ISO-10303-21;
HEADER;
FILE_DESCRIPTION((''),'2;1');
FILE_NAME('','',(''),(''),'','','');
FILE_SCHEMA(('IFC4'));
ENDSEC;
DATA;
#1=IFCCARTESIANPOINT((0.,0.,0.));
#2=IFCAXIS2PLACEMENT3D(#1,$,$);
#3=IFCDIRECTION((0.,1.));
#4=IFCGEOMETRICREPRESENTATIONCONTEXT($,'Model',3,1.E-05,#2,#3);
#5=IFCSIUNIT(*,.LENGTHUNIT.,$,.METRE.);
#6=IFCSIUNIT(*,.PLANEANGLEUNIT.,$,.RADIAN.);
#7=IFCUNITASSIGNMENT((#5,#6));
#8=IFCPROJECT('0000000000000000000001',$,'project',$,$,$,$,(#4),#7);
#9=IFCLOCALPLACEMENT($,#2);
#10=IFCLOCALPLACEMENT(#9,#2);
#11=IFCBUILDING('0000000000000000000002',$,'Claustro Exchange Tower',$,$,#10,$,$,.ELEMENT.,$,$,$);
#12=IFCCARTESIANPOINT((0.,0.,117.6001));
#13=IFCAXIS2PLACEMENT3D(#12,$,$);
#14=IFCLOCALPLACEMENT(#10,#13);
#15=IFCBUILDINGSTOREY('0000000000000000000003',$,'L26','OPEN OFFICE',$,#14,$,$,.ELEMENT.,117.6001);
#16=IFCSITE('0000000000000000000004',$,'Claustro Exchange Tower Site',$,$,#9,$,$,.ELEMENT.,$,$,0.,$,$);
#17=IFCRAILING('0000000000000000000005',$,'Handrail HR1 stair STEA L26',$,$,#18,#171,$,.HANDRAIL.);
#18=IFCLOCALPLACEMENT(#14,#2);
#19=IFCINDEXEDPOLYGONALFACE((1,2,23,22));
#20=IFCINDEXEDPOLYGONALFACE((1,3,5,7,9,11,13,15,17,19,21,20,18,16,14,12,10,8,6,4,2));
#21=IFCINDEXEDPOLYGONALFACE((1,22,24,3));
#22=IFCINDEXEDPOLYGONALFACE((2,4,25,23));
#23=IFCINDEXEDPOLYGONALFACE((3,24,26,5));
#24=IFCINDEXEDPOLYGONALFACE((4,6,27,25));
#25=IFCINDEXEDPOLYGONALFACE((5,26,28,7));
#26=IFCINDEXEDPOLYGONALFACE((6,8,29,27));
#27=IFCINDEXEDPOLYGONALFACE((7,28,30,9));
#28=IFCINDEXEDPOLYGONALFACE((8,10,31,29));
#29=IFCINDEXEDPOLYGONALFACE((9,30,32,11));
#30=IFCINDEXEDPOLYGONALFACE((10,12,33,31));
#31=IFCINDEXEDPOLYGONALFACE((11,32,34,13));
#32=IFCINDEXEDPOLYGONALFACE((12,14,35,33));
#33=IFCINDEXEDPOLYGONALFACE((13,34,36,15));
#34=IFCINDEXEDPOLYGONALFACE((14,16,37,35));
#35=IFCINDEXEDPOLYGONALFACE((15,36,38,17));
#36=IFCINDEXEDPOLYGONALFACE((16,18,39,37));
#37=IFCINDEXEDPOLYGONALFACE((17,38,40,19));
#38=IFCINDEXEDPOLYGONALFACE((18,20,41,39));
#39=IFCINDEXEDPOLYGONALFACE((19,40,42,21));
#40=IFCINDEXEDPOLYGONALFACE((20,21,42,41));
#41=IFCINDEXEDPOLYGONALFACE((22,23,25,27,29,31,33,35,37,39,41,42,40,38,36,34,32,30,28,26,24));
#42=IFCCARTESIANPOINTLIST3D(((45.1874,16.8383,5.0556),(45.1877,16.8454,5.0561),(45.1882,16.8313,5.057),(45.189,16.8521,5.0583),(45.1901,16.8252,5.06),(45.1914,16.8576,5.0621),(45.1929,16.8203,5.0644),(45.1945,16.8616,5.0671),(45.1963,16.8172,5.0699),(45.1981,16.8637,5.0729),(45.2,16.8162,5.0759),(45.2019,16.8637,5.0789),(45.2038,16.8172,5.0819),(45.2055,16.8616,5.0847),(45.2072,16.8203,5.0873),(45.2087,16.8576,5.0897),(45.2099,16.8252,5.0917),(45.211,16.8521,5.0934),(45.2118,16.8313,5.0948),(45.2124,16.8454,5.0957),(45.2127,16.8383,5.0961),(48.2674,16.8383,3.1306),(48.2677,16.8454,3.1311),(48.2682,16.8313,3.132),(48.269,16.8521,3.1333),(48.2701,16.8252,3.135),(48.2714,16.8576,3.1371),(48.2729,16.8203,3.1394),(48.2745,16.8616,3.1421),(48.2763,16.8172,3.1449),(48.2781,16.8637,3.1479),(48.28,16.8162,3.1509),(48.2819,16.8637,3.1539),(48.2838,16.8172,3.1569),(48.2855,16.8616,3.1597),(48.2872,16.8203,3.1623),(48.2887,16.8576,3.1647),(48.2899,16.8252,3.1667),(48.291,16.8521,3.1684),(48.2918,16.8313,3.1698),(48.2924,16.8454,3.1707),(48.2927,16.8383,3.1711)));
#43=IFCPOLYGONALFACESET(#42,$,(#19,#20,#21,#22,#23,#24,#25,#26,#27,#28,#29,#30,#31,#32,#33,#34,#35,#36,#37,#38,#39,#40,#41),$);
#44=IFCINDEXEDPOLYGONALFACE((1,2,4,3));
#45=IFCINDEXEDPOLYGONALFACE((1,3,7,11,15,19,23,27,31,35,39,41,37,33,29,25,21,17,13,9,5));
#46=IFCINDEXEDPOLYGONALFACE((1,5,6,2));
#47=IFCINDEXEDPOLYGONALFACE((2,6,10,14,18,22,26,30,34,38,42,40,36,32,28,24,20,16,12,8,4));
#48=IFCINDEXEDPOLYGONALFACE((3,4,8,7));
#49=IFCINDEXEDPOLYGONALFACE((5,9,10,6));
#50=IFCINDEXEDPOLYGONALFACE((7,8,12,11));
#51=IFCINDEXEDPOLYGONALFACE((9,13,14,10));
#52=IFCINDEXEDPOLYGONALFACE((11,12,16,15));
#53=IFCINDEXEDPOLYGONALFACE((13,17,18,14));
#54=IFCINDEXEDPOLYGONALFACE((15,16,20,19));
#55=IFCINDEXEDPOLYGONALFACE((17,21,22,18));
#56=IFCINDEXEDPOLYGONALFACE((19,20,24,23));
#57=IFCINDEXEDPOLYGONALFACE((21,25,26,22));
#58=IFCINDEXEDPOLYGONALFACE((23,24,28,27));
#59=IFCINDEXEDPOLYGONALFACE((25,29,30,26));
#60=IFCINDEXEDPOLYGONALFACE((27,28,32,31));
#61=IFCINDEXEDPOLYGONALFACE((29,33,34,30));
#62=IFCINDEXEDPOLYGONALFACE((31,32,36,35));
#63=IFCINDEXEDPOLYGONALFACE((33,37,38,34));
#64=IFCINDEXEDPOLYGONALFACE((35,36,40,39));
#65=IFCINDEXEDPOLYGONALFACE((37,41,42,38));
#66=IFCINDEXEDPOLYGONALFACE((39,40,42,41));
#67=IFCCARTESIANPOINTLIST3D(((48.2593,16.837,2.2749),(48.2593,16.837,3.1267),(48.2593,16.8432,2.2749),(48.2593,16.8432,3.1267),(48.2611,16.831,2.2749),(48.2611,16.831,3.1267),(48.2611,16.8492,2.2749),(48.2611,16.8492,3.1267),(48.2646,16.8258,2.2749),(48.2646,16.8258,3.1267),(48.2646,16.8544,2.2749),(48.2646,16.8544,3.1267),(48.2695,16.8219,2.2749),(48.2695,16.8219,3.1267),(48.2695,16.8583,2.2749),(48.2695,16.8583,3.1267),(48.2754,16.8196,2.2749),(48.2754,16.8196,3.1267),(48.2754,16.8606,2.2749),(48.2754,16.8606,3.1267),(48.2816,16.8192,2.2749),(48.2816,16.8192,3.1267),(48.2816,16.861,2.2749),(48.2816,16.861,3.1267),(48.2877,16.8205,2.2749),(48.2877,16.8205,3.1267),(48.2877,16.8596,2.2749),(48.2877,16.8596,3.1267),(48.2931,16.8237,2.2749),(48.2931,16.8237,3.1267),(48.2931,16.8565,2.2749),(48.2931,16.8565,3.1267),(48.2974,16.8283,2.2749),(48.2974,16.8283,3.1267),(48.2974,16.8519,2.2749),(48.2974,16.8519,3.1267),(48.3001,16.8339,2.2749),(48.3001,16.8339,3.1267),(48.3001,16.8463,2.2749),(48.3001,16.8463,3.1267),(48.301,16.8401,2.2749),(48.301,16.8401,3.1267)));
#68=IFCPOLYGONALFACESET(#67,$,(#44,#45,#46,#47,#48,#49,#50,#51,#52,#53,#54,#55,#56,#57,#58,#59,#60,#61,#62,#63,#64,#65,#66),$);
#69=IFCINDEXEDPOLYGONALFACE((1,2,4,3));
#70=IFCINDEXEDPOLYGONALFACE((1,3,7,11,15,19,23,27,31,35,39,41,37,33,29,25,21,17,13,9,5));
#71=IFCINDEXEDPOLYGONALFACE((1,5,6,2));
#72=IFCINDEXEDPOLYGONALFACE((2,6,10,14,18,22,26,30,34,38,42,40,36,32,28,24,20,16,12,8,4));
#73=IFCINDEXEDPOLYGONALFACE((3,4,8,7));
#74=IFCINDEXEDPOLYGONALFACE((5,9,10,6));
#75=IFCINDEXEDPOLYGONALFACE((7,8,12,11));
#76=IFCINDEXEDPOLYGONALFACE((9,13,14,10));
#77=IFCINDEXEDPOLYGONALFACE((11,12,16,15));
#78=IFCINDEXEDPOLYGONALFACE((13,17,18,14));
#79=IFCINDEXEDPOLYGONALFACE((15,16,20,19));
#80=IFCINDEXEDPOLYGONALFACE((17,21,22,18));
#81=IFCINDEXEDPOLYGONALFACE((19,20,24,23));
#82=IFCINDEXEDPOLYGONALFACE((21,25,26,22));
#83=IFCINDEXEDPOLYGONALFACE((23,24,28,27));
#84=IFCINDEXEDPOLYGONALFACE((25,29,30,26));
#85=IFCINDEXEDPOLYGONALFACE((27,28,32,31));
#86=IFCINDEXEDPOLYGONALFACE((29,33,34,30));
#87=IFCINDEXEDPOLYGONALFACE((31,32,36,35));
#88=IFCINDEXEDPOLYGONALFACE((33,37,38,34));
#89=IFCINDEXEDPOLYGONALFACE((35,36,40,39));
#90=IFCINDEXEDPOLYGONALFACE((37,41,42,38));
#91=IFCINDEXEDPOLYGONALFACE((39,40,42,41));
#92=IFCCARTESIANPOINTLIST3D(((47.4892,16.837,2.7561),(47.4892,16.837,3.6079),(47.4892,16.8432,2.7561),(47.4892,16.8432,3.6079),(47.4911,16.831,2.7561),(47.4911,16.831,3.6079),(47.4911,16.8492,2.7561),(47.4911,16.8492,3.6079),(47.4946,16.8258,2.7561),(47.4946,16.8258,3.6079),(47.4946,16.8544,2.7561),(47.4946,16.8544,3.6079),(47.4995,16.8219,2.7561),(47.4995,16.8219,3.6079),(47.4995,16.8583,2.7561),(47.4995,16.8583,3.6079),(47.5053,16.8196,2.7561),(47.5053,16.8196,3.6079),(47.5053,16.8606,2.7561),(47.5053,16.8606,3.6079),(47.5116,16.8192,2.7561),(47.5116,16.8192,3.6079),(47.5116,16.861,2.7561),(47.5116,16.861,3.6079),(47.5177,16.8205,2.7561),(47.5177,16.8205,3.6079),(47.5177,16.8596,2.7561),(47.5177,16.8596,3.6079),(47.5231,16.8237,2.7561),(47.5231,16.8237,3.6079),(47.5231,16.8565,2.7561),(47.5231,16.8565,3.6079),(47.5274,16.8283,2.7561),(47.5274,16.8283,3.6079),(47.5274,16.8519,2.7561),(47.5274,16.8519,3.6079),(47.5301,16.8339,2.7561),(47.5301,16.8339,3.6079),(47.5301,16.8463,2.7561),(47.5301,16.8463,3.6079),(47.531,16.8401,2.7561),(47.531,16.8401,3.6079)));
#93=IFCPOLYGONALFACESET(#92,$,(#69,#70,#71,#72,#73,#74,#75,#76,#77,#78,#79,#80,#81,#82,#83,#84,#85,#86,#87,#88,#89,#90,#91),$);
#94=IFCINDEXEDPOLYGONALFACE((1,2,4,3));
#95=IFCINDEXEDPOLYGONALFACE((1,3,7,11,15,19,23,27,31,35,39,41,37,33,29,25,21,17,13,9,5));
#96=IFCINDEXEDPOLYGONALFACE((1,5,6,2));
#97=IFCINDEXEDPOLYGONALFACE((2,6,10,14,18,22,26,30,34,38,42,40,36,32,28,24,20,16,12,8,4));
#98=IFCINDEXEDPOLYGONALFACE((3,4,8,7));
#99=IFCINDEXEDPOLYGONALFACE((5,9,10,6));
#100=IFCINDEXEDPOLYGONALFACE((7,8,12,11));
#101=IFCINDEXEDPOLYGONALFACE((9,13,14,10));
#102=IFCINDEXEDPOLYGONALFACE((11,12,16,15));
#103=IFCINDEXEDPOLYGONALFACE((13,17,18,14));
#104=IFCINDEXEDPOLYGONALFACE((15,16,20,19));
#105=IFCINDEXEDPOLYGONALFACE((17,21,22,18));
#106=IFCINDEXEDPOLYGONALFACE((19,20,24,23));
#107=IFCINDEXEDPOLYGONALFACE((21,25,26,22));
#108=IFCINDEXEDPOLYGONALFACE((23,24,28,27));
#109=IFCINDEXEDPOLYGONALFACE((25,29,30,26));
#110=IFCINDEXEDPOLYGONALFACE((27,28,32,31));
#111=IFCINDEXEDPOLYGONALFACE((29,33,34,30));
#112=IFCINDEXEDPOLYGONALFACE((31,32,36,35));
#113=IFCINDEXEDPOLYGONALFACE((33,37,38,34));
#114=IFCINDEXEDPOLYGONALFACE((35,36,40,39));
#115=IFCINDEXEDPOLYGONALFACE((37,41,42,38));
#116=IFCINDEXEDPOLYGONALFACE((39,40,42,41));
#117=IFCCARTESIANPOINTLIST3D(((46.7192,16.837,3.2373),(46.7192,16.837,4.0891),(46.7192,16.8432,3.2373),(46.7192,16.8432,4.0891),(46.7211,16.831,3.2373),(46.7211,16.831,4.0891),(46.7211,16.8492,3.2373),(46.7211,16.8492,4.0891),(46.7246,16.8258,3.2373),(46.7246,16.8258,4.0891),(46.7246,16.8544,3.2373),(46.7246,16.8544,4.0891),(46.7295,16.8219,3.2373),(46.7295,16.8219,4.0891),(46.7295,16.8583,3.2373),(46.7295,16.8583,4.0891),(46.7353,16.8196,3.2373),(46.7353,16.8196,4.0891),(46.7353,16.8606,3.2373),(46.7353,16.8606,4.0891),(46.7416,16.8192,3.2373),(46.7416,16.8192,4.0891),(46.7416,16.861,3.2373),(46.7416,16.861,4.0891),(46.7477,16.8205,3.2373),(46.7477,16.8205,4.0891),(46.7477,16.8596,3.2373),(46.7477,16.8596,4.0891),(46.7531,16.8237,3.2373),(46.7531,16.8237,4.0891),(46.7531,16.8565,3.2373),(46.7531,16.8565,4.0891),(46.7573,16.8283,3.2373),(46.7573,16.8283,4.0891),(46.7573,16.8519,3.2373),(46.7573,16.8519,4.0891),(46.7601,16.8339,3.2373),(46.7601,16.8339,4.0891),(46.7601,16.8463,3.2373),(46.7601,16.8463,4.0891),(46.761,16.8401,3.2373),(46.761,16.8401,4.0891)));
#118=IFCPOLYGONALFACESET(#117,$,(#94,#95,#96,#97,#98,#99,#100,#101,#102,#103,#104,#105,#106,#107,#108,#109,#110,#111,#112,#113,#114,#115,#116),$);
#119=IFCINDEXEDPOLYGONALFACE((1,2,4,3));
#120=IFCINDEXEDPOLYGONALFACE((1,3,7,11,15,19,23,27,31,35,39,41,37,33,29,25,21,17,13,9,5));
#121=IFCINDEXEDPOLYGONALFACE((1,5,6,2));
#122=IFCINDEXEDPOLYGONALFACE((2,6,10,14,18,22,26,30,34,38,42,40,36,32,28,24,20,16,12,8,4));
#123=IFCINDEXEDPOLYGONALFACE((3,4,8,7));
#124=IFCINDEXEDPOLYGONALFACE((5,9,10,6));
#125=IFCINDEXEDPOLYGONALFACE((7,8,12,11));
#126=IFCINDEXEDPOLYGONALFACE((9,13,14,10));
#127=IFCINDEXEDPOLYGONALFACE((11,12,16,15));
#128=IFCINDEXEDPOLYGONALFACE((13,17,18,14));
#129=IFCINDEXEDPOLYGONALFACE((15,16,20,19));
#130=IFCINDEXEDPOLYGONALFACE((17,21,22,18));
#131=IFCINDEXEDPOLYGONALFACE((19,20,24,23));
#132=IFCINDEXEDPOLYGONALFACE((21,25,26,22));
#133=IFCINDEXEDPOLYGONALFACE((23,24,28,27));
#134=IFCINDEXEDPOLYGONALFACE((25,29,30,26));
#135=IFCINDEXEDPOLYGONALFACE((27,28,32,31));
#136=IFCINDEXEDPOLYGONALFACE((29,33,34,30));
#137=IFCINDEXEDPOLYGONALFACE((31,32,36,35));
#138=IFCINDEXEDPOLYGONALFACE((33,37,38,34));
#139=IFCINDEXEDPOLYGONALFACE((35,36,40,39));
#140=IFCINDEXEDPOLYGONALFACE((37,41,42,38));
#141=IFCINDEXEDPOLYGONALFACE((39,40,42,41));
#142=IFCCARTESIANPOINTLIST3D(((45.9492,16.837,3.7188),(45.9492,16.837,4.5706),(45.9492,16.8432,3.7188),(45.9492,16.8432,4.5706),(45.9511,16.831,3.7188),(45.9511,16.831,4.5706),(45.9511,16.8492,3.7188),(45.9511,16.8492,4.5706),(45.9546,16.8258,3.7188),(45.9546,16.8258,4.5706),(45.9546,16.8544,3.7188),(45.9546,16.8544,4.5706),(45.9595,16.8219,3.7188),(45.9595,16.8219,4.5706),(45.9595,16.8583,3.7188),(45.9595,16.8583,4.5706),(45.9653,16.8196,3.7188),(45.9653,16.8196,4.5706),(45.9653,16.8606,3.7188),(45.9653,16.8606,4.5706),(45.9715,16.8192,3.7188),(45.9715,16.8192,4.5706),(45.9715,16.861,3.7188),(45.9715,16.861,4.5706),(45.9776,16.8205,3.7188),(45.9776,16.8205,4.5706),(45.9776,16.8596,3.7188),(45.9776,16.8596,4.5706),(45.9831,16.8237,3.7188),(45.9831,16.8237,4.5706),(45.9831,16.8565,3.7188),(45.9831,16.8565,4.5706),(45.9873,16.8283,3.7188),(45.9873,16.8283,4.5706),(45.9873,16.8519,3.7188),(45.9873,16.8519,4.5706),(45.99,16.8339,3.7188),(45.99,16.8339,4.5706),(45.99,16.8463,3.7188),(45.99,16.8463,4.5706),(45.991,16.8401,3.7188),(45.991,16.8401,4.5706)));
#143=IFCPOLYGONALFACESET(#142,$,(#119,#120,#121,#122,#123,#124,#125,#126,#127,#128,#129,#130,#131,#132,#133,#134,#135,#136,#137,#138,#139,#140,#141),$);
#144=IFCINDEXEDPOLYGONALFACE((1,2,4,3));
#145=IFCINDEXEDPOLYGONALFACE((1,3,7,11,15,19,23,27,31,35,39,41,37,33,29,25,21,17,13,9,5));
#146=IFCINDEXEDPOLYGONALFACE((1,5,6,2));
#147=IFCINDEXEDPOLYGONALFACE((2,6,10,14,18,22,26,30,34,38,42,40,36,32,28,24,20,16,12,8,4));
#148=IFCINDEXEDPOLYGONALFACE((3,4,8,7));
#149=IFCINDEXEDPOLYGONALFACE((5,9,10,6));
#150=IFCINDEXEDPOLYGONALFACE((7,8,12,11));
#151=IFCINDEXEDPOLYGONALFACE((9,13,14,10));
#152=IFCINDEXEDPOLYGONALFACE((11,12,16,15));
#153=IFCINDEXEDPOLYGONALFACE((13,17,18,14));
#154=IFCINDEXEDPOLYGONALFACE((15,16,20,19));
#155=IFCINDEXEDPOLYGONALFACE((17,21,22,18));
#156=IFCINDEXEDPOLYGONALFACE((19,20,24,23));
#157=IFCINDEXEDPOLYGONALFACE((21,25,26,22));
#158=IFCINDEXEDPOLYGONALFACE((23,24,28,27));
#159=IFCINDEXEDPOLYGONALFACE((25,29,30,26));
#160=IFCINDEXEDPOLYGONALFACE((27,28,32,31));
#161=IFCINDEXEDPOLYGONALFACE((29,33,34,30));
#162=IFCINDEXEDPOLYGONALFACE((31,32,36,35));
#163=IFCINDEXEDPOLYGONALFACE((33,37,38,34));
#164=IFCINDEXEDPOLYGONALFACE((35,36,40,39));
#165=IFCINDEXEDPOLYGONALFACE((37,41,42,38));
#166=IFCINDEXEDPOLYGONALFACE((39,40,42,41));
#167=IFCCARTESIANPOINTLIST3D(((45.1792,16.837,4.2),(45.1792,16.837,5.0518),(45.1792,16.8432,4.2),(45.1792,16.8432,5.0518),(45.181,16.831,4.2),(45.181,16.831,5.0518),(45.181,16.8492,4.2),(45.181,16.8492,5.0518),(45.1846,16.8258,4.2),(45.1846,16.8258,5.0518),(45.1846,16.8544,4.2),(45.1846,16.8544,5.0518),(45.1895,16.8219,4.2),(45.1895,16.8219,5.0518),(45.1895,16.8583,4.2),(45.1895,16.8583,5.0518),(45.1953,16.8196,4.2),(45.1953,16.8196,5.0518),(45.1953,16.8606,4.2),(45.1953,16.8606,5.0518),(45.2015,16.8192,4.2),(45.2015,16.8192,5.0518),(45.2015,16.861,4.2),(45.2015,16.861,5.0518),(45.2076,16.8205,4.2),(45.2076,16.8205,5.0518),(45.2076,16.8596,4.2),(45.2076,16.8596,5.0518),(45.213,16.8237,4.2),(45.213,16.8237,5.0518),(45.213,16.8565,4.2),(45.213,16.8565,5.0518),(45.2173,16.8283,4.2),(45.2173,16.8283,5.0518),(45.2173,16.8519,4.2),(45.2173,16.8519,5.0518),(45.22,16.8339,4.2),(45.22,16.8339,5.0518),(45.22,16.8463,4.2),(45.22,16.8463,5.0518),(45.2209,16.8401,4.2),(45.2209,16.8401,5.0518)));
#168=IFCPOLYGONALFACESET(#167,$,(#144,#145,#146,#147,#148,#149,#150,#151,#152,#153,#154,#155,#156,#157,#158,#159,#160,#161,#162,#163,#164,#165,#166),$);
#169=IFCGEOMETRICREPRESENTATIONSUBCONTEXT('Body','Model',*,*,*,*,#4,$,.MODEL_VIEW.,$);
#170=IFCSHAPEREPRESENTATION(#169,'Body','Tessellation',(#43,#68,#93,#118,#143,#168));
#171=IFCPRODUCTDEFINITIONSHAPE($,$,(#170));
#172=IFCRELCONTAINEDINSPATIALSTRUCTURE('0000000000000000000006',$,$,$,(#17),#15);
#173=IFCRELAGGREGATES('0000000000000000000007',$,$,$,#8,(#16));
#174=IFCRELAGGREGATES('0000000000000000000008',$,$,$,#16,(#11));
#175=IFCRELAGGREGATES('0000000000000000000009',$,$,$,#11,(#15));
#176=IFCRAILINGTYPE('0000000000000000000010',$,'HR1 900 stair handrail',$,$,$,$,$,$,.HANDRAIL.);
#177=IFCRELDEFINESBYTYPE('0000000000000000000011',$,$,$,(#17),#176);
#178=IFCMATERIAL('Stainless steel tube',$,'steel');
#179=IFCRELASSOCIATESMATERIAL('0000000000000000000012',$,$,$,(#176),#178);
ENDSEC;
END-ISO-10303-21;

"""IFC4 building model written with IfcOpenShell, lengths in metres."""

from ifc_helpers import new_model, si_unit, direction, frame, origin, origin_2d, place, context, subcontext, project, spatial, circle, extrude, material, type_object, element, save


model = new_model("IFC4")

# Units and contexts
model_context = context("Model", 3, precision=1e-05, world=origin(), true_north=direction((0.0, 1.0)))
body_context = subcontext(model_context, "Body", "Model", "MODEL_VIEW")
ifc_project = project(units=[si_unit("LENGTHUNIT", "METRE"), si_unit("PLANEANGLEUNIT", "RADIAN")], contexts=[model_context])

# Site, building, storey
site_placement = place(None, origin())
site = spatial("IfcSite", under=ifc_project, at=site_placement, Name="Claustro Exchange Tower Site", CompositionType="ELEMENT", RefElevation=0.0)
building_placement = place(site_placement, origin())
building = spatial("IfcBuilding", under=site, at=building_placement, Name="Claustro Exchange Tower", CompositionType="ELEMENT")
storey_placement = place(building_placement, frame((0.0, 0.0, 117.6001)))
storey = spatial("IfcBuildingStorey", under=building, at=storey_placement, Name="L26", Description="OPEN OFFICE", CompositionType="ELEMENT", Elevation=117.6001)

# Railing
ifc_material_1 = material(Name="Stainless steel tube", Category="steel")
railing_type_1 = type_object("IfcRailingType", Name="HR1 900 stair handrail", PredefinedType="HANDRAIL", material=ifc_material_1)
railing_1_placement = place(storey_placement, frame((48.28, 16.8401, 2.2749)))
element("IfcRailing", 1, at=railing_1_placement, inside=storey, type_object=railing_type_1, Name="Handrail HR1 stair STEA L26", PredefinedType="HANDRAIL", context=body_context, shape_type="SweptSolid", body=[
    extrude(circle(Radius=0.0239, at=origin_2d()), frame((0.0, 0.0, 0.876), z_axis=(-0.847998, 0.0, 0.529999), x_axis=(0.0, -1.0, 0.0)), (0.0, 0.0, 1.0), 3.6321),
    extrude(circle(Radius=0.021, at=origin_2d()), origin(), (0.0, 0.0, 1.0), 0.8518),
    extrude(circle(Radius=0.021, at=origin_2d()), frame((-0.77, 0.0, 0.4812)), (0.0, 0.0, 1.0), 0.8518),
    extrude(circle(Radius=0.021, at=origin_2d()), frame((-1.54, 0.0, 0.9624)), (0.0, 0.0, 1.0), 0.8518),
    extrude(circle(Radius=0.021, at=origin_2d()), frame((-2.3101, 0.0, 1.4438)), (0.0, 0.0, 1.0), 0.8518),
    extrude(circle(Radius=0.021, at=origin_2d()), frame((-3.0801, 0.0, 1.925)), (0.0, 0.0, 1.0), 0.8518),
])

save(model, "model.ifc")
